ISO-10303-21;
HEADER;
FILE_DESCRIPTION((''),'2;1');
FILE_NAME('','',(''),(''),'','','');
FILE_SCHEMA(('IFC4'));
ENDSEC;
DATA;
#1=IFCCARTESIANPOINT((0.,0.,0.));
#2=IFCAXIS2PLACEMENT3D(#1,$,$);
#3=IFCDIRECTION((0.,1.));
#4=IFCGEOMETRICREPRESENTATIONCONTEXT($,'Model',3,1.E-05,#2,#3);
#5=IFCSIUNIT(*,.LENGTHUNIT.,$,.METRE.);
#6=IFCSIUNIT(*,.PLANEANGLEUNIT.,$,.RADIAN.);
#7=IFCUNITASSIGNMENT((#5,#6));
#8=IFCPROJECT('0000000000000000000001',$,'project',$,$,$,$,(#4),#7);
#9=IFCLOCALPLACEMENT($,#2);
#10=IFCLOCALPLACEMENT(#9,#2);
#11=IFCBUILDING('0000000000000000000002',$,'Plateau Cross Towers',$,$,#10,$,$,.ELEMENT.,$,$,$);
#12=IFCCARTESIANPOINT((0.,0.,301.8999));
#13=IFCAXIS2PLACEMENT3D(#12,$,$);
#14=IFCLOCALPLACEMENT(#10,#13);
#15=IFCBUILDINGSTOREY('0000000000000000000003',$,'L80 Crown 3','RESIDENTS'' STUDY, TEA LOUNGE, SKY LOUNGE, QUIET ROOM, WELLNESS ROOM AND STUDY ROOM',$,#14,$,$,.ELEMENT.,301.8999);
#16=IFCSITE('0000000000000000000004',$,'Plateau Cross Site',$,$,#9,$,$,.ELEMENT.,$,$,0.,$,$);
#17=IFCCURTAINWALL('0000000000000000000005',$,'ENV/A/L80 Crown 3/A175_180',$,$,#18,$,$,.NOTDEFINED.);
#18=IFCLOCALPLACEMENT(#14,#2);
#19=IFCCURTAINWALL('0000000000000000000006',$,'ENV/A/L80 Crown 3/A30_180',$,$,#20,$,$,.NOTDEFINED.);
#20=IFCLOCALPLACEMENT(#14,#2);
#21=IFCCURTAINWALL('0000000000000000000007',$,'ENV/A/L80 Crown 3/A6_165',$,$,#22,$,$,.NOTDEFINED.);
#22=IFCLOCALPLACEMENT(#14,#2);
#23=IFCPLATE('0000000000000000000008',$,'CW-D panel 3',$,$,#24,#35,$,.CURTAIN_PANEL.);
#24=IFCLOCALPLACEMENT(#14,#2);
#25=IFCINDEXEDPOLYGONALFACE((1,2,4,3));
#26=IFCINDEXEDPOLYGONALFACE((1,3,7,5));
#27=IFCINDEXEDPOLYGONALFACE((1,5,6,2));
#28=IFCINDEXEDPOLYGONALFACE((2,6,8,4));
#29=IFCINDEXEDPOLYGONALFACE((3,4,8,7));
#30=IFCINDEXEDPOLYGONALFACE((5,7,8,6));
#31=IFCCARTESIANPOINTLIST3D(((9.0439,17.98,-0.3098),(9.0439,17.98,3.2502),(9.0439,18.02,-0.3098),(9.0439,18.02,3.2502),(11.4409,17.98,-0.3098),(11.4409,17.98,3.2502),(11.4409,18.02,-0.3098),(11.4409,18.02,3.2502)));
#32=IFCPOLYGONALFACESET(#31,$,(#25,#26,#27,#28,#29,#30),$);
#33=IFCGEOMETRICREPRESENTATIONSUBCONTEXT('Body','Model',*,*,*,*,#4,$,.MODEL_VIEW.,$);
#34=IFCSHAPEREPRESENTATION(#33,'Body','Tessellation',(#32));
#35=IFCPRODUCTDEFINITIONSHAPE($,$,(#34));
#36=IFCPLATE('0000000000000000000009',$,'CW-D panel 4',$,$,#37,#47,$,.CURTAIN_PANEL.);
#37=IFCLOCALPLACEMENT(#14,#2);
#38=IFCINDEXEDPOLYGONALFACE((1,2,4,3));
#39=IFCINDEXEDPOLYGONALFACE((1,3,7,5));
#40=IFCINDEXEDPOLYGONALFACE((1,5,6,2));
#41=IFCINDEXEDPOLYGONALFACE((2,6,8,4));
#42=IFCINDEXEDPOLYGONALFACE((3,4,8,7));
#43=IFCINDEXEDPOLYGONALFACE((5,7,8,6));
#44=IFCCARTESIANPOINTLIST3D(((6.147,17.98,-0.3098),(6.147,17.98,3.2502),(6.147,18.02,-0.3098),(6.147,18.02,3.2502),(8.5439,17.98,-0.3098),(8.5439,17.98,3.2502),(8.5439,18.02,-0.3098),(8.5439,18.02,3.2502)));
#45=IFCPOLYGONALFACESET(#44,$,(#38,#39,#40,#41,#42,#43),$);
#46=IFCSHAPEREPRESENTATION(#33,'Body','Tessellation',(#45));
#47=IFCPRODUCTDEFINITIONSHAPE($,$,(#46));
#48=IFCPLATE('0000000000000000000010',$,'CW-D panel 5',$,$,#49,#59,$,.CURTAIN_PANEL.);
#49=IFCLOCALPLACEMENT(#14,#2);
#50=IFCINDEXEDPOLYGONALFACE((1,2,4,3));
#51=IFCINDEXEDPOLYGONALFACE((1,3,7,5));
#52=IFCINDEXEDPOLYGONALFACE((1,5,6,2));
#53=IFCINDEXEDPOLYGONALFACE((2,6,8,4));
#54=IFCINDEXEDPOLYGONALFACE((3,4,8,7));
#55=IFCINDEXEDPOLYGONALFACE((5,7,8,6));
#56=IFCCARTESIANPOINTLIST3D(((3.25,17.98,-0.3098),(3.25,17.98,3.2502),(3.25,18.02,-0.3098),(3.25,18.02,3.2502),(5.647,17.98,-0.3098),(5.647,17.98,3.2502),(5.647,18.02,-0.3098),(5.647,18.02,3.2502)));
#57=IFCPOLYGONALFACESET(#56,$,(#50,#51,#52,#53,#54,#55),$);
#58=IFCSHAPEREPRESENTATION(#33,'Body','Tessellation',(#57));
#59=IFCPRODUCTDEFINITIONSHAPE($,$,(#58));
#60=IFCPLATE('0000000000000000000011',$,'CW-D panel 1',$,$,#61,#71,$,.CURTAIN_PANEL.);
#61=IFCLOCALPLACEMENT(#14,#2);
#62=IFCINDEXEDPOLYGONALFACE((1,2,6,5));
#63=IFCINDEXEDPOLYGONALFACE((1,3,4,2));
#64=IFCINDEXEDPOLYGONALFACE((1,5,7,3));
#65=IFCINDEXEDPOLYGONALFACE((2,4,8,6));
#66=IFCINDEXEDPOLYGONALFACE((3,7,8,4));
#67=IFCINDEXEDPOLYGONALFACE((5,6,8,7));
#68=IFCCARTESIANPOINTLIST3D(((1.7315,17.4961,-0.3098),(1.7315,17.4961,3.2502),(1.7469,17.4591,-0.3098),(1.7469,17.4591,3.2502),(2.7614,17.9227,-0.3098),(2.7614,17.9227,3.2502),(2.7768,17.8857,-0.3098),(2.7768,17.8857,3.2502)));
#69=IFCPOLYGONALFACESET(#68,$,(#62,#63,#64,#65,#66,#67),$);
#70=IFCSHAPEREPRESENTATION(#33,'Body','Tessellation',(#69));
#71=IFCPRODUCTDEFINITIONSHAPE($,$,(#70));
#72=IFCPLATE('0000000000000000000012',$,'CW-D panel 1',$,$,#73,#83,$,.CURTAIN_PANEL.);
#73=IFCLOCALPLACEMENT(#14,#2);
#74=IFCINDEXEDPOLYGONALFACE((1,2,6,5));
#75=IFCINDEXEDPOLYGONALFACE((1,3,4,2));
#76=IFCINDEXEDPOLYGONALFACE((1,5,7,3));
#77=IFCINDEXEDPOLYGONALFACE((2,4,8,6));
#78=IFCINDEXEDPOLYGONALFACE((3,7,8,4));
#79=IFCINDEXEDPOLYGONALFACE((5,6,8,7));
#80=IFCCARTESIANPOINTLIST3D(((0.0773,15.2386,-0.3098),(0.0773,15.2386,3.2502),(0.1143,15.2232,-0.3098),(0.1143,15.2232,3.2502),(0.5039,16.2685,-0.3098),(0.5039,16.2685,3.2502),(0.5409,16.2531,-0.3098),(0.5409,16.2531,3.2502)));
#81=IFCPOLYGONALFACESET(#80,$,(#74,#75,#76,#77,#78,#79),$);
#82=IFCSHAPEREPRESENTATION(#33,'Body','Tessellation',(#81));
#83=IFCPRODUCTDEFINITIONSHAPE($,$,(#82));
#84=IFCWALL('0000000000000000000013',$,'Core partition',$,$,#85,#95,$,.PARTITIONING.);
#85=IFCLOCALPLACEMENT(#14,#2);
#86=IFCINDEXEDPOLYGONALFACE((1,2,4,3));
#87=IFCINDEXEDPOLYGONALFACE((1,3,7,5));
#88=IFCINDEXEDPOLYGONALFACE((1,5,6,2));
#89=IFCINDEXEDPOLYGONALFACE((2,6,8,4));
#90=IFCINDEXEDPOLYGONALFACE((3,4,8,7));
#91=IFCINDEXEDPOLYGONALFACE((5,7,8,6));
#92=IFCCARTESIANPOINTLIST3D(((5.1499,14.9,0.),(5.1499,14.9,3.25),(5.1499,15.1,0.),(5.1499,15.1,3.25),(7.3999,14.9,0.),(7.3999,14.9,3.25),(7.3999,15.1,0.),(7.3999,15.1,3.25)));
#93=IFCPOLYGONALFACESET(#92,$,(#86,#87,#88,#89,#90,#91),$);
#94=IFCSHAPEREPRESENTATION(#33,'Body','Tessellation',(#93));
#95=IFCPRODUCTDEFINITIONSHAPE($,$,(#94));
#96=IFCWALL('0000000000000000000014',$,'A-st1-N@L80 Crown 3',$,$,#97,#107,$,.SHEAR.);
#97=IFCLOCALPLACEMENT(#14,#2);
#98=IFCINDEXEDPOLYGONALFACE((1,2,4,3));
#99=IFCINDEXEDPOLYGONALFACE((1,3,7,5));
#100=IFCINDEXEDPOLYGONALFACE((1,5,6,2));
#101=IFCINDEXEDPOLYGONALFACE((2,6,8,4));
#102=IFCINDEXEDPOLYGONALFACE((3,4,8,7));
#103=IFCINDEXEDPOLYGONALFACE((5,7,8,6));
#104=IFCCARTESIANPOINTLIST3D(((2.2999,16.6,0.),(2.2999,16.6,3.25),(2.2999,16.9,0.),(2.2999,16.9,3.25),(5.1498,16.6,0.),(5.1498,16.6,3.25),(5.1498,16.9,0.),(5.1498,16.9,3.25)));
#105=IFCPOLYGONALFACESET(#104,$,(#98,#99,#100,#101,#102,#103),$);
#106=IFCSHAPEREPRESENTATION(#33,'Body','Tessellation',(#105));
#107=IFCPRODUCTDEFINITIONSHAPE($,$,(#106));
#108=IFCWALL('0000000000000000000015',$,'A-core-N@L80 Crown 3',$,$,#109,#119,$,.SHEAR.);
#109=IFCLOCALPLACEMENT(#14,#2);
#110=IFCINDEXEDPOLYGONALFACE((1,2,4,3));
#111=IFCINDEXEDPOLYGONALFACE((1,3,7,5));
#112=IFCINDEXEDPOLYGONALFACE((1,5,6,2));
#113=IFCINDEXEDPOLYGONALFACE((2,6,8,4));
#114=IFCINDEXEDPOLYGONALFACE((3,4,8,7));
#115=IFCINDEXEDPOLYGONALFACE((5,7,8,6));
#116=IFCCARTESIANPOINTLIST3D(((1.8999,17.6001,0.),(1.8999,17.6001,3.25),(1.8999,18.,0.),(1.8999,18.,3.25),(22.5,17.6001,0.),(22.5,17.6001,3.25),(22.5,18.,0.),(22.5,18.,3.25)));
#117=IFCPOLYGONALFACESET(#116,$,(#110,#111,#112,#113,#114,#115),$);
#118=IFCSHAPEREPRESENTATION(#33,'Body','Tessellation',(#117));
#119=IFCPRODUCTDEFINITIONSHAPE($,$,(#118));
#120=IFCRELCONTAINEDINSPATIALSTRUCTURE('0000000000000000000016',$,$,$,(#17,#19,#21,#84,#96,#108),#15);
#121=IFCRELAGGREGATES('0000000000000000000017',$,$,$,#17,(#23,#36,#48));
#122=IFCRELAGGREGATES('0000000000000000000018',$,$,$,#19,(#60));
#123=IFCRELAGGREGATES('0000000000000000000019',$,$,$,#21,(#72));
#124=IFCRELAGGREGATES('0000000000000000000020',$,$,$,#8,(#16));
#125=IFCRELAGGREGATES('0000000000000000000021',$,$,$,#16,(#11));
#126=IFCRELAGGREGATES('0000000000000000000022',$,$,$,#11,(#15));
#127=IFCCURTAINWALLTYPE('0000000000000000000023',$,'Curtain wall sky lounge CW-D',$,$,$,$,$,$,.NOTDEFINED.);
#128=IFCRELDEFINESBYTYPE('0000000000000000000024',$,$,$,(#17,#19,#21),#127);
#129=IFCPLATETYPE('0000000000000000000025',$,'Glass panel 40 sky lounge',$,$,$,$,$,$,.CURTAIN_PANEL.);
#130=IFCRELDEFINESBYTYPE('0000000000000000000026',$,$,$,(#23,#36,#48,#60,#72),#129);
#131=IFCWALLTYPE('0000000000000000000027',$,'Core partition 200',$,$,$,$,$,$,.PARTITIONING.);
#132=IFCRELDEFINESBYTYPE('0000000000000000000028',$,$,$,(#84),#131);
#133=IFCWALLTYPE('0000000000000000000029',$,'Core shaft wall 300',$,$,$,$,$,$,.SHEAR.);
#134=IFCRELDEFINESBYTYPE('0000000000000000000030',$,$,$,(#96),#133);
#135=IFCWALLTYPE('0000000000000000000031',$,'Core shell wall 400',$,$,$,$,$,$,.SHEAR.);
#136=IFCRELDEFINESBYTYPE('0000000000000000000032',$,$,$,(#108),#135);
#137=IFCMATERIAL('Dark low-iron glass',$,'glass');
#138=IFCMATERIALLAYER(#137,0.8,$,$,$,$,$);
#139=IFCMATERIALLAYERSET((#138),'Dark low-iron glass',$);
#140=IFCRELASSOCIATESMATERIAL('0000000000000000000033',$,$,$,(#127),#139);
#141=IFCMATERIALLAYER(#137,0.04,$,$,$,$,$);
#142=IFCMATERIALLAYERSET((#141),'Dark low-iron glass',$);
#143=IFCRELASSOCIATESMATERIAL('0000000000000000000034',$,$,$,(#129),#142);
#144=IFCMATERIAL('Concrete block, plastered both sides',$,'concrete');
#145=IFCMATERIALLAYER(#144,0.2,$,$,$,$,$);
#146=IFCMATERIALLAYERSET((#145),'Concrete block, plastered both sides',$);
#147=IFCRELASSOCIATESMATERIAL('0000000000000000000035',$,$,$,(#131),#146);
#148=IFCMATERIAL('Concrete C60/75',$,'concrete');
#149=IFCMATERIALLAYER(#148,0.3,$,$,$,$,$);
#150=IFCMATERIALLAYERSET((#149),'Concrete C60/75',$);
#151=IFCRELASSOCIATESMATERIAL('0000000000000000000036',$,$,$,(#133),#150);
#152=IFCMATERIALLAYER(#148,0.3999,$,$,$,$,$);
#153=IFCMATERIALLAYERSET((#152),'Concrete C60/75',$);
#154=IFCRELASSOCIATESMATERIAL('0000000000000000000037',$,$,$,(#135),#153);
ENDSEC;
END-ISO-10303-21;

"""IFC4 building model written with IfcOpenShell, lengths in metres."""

from ifc_helpers import new_model, si_unit, direction, frame, frame_2d, origin, origin_2d, place, context, subcontext, project, spatial, rectangle, extrude, material, layer, layer_set, type_object, element, aggregate, save


model = new_model("IFC4")

# Units and contexts
model_context = context("Model", 3, precision=1e-05, world=origin(), true_north=direction((0.0, 1.0)))
body_context = subcontext(model_context, "Body", "Model", "MODEL_VIEW")
ifc_project = project(units=[si_unit("LENGTHUNIT", "METRE"), si_unit("PLANEANGLEUNIT", "RADIAN")], contexts=[model_context])

# Site, building, storey
site_placement = place(None, origin())
site = spatial("IfcSite", under=ifc_project, at=site_placement, Name="Plateau Cross Site", CompositionType="ELEMENT", RefElevation=0.0)
building_placement = place(site_placement, origin())
building = spatial("IfcBuilding", under=site, at=building_placement, Name="Plateau Cross Towers", CompositionType="ELEMENT")
storey_placement = place(building_placement, frame((0.0, 0.0, 301.8999)))
storey = spatial("IfcBuildingStorey", under=building, at=storey_placement, Name="L80 Crown 3", Description="RESIDENTS' STUDY, TEA LOUNGE, SKY LOUNGE, QUIET ROOM, WELLNESS ROOM AND STUDY ROOM", CompositionType="ELEMENT", Elevation=301.8999)

# Shared definitions
ifc_material_1 = material(Name="Concrete C60/75", Category="concrete")

# Curtain walls
ifc_material_2 = material(Name="Dark low-iron glass", Category="glass")
ifc_layer_1 = layer(ifc_material_2, 0.8)
ifc_layer_set_1 = layer_set([ifc_layer_1], Name="Dark low-iron glass")
curtain_wall_type = type_object("IfcCurtainWallType", Name="Curtain wall sky lounge CW-D", PredefinedType="NOTDEFINED", material=ifc_layer_set_1)
curtain_wall_1_placement = place(storey_placement, origin())
curtain_wall_1 = element("IfcCurtainWall", 1, at=curtain_wall_1_placement, inside=storey, type_object=curtain_wall_type, Name="ENV/A/L80 Crown 3/A175_180", PredefinedType="NOTDEFINED")
curtain_wall_2_placement = place(storey_placement, origin())
curtain_wall_2 = element("IfcCurtainWall", 2, at=curtain_wall_2_placement, inside=storey, type_object=curtain_wall_type, Name="ENV/A/L80 Crown 3/A30_180", PredefinedType="NOTDEFINED")

# Curtain wall
curtain_wall_3_placement = place(storey_placement, origin())
curtain_wall_3 = element("IfcCurtainWall", 3, at=curtain_wall_3_placement, inside=storey, type_object=curtain_wall_type, Name="ENV/A/L80 Crown 3/A6_165", PredefinedType="NOTDEFINED")

# Plates
ifc_layer_2 = layer(ifc_material_2, 0.04)
ifc_layer_set_2 = layer_set([ifc_layer_2], Name="Dark low-iron glass")
plate_type = type_object("IfcPlateType", Name="Glass panel 40 sky lounge", PredefinedType="CURTAIN_PANEL", material=ifc_layer_set_2)
plate_1_placement = place(storey_placement, frame((10.2424, 18.0, -0.3098), z_axis=(0.0, 0.0, 1.0), x_axis=(-1.0, 0.0, 0.0)))
plate_1 = element("IfcPlate", 4, at=plate_1_placement, type_object=plate_type, Name="CW-D panel 3", PredefinedType="CURTAIN_PANEL", context=body_context, shape_type="SweptSolid", body=[
    extrude(rectangle(XDim=2.397, YDim=0.04, at=origin_2d()), origin(), (0.0, 0.0, 1.0), 3.5601),
])
plate_2_placement = place(storey_placement, frame((7.3455, 18.0, -0.3098), z_axis=(0.0, 0.0, 1.0), x_axis=(-1.0, 0.0, 0.0)))
plate_2 = element("IfcPlate", 5, at=plate_2_placement, type_object=plate_type, Name="CW-D panel 4", PredefinedType="CURTAIN_PANEL", context=body_context, shape_type="SweptSolid", body=[
    extrude(rectangle(XDim=2.397, YDim=0.04, at=origin_2d()), origin(), (0.0, 0.0, 1.0), 3.5601),
])
plate_3_placement = place(storey_placement, frame((4.4485, 18.0, -0.3098), z_axis=(0.0, 0.0, 1.0), x_axis=(-1.0, 0.0, 0.0)))
plate_3 = element("IfcPlate", 6, at=plate_3_placement, type_object=plate_type, Name="CW-D panel 5", PredefinedType="CURTAIN_PANEL", context=body_context, shape_type="SweptSolid", body=[
    extrude(rectangle(XDim=2.397, YDim=0.04, at=origin_2d()), origin(), (0.0, 0.0, 1.0), 3.5601),
])
aggregate(curtain_wall_1, [plate_1, plate_2, plate_3])
plate_4_placement = place(storey_placement, frame((2.2542, 17.6909, -0.3098), z_axis=(0.0, 0.0, 1.0), x_axis=(-0.923879, -0.382684, 0.0)))
plate_4 = element("IfcPlate", 7, at=plate_4_placement, type_object=plate_type, Name="CW-D panel 1", PredefinedType="CURTAIN_PANEL", context=body_context, shape_type="SweptSolid", body=[
    extrude(rectangle(XDim=1.1147, YDim=0.04, at=origin_2d()), origin(), (0.0, 0.0, 1.0), 3.5601),
])
aggregate(curtain_wall_2, [plate_4])
plate_5_placement = place(storey_placement, frame((0.3091, 15.7458, -0.3098), z_axis=(0.0, 0.0, 1.0), x_axis=(-0.382684, -0.923879, 0.0)))
plate_5 = element("IfcPlate", 8, at=plate_5_placement, type_object=plate_type, Name="CW-D panel 1", PredefinedType="CURTAIN_PANEL", context=body_context, shape_type="SweptSolid", body=[
    extrude(rectangle(XDim=1.1147, YDim=0.04, at=origin_2d()), origin(), (0.0, 0.0, 1.0), 3.5601),
])
aggregate(curtain_wall_3, [plate_5])

# Walls
ifc_material_3 = material(Name="Concrete block, plastered both sides", Category="concrete")
ifc_layer_3 = layer(ifc_material_3, 0.2)
ifc_layer_set_3 = layer_set([ifc_layer_3], Name="Concrete block, plastered both sides")
wall_type_1 = type_object("IfcWallType", Name="Core partition 200", PredefinedType="PARTITIONING", material=ifc_layer_set_3)
wall_1_placement = place(storey_placement, frame((5.1499, 15.0, 0.0), z_axis=(0.0, 0.0, 1.0), x_axis=(1.0, 0.0, 0.0)))
element("IfcWall", 9, at=wall_1_placement, inside=storey, type_object=wall_type_1, Name="Core partition", PredefinedType="PARTITIONING", context=body_context, shape_type="SweptSolid", body=[
    extrude(rectangle(XDim=2.25, YDim=0.2, at=frame_2d((1.125, 0.0))), origin(), (0.0, 0.0, 1.0), 3.25),
])
ifc_layer_4 = layer(ifc_material_1, 0.3)
ifc_layer_set_4 = layer_set([ifc_layer_4], Name="Concrete C60/75")
wall_type_2 = type_object("IfcWallType", Name="Core shaft wall 300", PredefinedType="SHEAR", material=ifc_layer_set_4)
wall_2_placement = place(storey_placement, frame((2.3, 16.75, 0.0), z_axis=(0.0, 0.0, 1.0), x_axis=(1.0, 0.0, 0.0)))
element("IfcWall", 10, at=wall_2_placement, inside=storey, type_object=wall_type_2, Name="A-st1-N@L80 Crown 3", PredefinedType="SHEAR", context=body_context, shape_type="SweptSolid", body=[
    extrude(rectangle(XDim=2.8499, YDim=0.3, at=frame_2d((1.4248, 0.0))), origin(), (0.0, 0.0, 1.0), 3.25),
])
ifc_layer_5 = layer(ifc_material_1, 0.3999)
ifc_layer_set_5 = layer_set([ifc_layer_5], Name="Concrete C60/75")
wall_type_3 = type_object("IfcWallType", Name="Core shell wall 400", PredefinedType="SHEAR", material=ifc_layer_set_5)
wall_3_placement = place(storey_placement, frame((1.8999, 17.8, 0.0), z_axis=(0.0, 0.0, 1.0), x_axis=(1.0, 0.0, 0.0)))
element("IfcWall", 11, at=wall_3_placement, inside=storey, type_object=wall_type_3, Name="A-core-N@L80 Crown 3", PredefinedType="SHEAR", context=body_context, shape_type="SweptSolid", body=[
    extrude(rectangle(XDim=20.6001, YDim=0.3999, at=frame_2d((10.3, 0.0))), origin(), (0.0, 0.0, 1.0), 3.25),
])

save(model, "model.ifc")
